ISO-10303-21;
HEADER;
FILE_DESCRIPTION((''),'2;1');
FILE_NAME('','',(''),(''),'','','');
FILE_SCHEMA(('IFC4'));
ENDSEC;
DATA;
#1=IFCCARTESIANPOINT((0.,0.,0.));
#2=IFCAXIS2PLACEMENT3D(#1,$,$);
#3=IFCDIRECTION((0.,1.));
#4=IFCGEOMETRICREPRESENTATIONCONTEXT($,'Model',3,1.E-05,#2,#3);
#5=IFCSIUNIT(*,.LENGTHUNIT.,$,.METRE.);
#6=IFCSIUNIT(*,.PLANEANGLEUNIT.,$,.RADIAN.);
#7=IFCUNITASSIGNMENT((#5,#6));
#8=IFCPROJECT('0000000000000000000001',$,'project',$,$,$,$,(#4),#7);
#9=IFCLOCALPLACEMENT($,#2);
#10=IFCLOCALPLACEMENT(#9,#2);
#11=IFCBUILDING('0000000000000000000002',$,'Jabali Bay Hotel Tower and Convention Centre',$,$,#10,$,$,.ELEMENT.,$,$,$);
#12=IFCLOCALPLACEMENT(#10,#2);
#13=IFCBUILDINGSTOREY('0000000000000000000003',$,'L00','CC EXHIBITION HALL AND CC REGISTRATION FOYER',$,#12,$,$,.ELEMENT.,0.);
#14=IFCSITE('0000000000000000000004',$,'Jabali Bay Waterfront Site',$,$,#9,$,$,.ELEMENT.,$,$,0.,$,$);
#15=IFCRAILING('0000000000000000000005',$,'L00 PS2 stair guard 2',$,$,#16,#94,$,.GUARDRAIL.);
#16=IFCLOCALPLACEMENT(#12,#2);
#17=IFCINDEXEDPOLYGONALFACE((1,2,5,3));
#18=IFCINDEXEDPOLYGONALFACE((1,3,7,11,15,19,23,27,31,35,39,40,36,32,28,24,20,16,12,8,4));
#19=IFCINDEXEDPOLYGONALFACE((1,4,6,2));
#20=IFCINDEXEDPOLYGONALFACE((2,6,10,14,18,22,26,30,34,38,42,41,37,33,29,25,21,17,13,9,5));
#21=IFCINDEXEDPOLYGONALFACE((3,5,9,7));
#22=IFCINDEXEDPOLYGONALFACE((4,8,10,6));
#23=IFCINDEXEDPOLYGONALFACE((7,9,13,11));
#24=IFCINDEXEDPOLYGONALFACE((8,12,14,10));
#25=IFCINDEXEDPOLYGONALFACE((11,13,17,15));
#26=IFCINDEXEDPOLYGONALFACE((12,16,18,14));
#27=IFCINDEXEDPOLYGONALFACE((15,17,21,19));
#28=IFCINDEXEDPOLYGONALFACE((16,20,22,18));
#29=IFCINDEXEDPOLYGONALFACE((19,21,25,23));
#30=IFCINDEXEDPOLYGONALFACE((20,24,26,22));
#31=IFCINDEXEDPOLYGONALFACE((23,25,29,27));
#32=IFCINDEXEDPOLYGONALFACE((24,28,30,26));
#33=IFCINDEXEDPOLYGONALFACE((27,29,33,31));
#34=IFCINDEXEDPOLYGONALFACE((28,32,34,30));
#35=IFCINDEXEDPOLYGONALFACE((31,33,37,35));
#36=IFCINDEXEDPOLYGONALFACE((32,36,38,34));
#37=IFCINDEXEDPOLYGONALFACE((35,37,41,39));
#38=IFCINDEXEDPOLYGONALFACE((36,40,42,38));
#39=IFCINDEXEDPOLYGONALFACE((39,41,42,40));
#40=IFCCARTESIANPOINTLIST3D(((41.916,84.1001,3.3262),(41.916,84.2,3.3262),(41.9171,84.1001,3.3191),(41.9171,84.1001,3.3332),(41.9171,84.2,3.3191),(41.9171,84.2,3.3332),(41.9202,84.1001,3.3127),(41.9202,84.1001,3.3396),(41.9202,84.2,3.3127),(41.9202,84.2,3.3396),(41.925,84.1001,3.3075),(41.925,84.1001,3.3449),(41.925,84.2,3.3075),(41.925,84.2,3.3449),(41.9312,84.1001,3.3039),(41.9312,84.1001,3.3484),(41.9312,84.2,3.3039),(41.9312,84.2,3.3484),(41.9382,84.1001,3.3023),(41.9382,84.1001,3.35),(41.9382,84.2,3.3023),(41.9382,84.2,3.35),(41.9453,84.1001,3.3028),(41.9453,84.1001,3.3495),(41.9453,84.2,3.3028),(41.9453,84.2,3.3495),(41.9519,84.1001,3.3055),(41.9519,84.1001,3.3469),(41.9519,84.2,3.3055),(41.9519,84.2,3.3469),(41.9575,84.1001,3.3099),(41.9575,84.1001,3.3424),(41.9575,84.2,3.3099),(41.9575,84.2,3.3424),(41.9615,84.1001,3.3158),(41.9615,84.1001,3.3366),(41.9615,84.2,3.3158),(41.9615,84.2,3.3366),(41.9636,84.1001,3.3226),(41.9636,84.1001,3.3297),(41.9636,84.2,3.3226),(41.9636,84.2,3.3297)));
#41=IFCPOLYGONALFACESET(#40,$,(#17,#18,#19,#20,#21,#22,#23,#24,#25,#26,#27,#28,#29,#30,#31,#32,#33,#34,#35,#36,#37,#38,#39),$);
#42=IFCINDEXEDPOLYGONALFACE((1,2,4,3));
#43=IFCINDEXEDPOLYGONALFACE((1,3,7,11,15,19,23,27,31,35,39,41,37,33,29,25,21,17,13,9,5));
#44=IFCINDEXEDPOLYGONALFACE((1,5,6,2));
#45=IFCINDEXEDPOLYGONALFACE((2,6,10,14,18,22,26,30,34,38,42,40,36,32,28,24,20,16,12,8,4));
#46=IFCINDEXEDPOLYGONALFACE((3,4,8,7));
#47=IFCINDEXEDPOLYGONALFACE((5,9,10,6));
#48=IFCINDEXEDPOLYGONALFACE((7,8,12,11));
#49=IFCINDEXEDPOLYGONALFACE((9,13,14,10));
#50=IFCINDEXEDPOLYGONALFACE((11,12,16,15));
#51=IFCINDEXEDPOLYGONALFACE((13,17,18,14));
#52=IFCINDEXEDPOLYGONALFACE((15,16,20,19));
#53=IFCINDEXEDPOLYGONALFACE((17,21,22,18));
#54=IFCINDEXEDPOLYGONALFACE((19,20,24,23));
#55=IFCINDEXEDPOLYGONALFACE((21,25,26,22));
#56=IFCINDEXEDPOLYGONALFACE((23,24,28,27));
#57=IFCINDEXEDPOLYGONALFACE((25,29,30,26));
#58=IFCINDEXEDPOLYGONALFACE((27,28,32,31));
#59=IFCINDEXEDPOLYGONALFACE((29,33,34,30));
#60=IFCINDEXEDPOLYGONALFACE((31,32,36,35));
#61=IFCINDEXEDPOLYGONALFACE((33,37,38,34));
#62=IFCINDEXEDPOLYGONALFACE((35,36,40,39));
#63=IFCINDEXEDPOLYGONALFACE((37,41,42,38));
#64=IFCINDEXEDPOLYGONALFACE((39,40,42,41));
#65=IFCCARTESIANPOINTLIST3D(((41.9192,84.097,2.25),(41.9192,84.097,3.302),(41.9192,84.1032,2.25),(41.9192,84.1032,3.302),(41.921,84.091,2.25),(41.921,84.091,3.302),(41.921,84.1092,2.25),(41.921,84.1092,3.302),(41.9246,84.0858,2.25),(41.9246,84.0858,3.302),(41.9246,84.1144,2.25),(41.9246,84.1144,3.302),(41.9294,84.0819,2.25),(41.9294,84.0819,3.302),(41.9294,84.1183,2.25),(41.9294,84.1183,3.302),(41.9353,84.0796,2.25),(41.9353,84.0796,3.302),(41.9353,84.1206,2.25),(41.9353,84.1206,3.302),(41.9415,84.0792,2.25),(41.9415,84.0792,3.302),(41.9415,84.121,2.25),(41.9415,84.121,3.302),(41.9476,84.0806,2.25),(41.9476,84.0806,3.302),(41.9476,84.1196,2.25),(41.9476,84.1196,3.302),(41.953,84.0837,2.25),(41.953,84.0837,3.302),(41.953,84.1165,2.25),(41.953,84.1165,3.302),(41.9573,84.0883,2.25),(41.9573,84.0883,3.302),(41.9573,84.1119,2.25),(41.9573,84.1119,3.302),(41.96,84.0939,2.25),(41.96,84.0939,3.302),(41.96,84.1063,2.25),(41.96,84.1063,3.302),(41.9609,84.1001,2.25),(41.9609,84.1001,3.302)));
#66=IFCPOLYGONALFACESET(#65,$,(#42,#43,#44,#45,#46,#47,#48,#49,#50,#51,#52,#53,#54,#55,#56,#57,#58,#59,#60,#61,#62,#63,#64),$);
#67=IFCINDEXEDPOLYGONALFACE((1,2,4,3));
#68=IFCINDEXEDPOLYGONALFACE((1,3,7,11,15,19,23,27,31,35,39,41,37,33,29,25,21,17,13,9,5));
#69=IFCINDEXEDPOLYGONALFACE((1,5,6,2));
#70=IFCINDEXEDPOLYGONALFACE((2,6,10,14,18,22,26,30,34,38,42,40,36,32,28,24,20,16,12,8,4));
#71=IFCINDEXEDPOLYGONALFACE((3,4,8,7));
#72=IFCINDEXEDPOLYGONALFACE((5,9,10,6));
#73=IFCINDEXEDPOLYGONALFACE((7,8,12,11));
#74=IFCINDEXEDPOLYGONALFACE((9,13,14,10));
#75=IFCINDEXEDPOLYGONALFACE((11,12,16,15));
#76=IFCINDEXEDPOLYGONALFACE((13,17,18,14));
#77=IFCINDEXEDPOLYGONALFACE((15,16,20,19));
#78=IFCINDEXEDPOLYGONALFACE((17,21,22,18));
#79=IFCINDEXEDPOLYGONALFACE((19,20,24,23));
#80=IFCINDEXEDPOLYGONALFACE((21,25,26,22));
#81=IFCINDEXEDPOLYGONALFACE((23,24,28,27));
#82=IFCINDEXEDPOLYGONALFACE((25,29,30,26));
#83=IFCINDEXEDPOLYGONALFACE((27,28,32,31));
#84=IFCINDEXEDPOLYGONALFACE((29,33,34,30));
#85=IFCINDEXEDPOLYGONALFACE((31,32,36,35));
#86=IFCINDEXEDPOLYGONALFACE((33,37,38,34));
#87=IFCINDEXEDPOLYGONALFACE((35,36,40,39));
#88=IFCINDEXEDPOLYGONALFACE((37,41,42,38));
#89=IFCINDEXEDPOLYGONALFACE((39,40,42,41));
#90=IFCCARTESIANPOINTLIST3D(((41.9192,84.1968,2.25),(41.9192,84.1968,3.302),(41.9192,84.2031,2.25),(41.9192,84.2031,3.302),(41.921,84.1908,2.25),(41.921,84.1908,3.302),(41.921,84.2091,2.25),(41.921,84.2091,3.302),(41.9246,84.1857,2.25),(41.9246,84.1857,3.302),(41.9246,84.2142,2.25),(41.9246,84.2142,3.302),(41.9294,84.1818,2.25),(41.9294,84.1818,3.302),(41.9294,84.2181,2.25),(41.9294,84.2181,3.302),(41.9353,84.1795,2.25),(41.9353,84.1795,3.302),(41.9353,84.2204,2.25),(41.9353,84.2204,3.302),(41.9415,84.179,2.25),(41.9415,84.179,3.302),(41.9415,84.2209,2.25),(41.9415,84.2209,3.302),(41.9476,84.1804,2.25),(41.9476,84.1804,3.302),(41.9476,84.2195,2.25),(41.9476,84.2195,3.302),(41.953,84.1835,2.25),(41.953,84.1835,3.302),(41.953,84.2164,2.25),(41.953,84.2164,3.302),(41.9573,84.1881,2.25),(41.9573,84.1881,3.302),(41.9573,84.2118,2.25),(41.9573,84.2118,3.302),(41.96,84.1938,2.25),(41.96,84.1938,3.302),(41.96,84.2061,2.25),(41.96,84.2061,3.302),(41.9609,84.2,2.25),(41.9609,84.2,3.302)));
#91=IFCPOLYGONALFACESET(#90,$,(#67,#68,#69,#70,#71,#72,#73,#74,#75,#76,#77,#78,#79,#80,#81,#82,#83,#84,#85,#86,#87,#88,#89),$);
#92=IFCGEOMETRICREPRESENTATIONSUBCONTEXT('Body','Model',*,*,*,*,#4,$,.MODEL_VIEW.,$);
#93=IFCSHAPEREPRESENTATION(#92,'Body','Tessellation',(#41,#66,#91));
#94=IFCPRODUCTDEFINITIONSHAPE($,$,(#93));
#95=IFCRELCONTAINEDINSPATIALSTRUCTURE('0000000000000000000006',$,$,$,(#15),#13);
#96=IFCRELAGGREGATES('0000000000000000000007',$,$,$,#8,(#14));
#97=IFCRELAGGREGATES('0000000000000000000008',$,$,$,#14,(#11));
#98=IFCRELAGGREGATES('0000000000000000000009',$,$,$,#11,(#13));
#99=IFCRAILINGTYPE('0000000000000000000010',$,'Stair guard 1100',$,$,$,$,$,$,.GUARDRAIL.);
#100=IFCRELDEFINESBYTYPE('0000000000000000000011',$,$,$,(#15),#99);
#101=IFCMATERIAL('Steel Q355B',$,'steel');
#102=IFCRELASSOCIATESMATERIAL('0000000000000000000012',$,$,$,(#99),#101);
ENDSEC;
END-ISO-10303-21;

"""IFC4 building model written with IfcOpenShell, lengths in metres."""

from ifc_helpers import new_model, si_unit, direction, frame, origin, origin_2d, place, context, subcontext, project, spatial, circle, extrude, material, type_object, element, save


model = new_model("IFC4")

# Units and contexts
model_context = context("Model", 3, precision=1e-05, world=origin(), true_north=direction((0.0, 1.0)))
body_context = subcontext(model_context, "Body", "Model", "MODEL_VIEW")
ifc_project = project(units=[si_unit("LENGTHUNIT", "METRE"), si_unit("PLANEANGLEUNIT", "RADIAN")], contexts=[model_context])

# Site, building, storey
site_placement = place(None, origin())
site = spatial("IfcSite", under=ifc_project, at=site_placement, Name="Jabali Bay Waterfront Site", CompositionType="ELEMENT", RefElevation=0.0)
building_placement = place(site_placement, origin())
building = spatial("IfcBuilding", under=site, at=building_placement, Name="Jabali Bay Hotel Tower and Convention Centre", CompositionType="ELEMENT")
storey_placement = place(building_placement, origin())
storey = spatial("IfcBuildingStorey", under=building, at=storey_placement, Name="L00", Description="CC EXHIBITION HALL AND CC REGISTRATION FOYER", CompositionType="ELEMENT", Elevation=0.0)

# Railing
ifc_material_1 = material(Name="Steel Q355B", Category="steel")
railing_type_1 = type_object("IfcRailingType", Name="Stair guard 1100", PredefinedType="GUARDRAIL", material=ifc_material_1)
railing_1_placement = place(storey_placement, frame((41.9399, 84.1001, 2.25)))
element("IfcRailing", 1, at=railing_1_placement, inside=storey, type_object=railing_type_1, Name="L00 PS2 stair guard 2", PredefinedType="GUARDRAIL", context=body_context, shape_type="SweptSolid", body=[
    extrude(circle(Radius=0.0239, at=origin_2d()), frame((0.0, 0.0, 1.0762), z_axis=(0.0, 1.0, 0.0), x_axis=(-1.0, 0.0, 0.0)), (0.0, 0.0, 1.0), 0.0999),
    extrude(circle(Radius=0.021, at=origin_2d()), origin(), (0.0, 0.0, 1.0), 1.052),
    extrude(circle(Radius=0.021, at=origin_2d()), frame((0.0, 0.0999, 0.0)), (0.0, 0.0, 1.0), 1.052),
])

save(model, "model.ifc")
